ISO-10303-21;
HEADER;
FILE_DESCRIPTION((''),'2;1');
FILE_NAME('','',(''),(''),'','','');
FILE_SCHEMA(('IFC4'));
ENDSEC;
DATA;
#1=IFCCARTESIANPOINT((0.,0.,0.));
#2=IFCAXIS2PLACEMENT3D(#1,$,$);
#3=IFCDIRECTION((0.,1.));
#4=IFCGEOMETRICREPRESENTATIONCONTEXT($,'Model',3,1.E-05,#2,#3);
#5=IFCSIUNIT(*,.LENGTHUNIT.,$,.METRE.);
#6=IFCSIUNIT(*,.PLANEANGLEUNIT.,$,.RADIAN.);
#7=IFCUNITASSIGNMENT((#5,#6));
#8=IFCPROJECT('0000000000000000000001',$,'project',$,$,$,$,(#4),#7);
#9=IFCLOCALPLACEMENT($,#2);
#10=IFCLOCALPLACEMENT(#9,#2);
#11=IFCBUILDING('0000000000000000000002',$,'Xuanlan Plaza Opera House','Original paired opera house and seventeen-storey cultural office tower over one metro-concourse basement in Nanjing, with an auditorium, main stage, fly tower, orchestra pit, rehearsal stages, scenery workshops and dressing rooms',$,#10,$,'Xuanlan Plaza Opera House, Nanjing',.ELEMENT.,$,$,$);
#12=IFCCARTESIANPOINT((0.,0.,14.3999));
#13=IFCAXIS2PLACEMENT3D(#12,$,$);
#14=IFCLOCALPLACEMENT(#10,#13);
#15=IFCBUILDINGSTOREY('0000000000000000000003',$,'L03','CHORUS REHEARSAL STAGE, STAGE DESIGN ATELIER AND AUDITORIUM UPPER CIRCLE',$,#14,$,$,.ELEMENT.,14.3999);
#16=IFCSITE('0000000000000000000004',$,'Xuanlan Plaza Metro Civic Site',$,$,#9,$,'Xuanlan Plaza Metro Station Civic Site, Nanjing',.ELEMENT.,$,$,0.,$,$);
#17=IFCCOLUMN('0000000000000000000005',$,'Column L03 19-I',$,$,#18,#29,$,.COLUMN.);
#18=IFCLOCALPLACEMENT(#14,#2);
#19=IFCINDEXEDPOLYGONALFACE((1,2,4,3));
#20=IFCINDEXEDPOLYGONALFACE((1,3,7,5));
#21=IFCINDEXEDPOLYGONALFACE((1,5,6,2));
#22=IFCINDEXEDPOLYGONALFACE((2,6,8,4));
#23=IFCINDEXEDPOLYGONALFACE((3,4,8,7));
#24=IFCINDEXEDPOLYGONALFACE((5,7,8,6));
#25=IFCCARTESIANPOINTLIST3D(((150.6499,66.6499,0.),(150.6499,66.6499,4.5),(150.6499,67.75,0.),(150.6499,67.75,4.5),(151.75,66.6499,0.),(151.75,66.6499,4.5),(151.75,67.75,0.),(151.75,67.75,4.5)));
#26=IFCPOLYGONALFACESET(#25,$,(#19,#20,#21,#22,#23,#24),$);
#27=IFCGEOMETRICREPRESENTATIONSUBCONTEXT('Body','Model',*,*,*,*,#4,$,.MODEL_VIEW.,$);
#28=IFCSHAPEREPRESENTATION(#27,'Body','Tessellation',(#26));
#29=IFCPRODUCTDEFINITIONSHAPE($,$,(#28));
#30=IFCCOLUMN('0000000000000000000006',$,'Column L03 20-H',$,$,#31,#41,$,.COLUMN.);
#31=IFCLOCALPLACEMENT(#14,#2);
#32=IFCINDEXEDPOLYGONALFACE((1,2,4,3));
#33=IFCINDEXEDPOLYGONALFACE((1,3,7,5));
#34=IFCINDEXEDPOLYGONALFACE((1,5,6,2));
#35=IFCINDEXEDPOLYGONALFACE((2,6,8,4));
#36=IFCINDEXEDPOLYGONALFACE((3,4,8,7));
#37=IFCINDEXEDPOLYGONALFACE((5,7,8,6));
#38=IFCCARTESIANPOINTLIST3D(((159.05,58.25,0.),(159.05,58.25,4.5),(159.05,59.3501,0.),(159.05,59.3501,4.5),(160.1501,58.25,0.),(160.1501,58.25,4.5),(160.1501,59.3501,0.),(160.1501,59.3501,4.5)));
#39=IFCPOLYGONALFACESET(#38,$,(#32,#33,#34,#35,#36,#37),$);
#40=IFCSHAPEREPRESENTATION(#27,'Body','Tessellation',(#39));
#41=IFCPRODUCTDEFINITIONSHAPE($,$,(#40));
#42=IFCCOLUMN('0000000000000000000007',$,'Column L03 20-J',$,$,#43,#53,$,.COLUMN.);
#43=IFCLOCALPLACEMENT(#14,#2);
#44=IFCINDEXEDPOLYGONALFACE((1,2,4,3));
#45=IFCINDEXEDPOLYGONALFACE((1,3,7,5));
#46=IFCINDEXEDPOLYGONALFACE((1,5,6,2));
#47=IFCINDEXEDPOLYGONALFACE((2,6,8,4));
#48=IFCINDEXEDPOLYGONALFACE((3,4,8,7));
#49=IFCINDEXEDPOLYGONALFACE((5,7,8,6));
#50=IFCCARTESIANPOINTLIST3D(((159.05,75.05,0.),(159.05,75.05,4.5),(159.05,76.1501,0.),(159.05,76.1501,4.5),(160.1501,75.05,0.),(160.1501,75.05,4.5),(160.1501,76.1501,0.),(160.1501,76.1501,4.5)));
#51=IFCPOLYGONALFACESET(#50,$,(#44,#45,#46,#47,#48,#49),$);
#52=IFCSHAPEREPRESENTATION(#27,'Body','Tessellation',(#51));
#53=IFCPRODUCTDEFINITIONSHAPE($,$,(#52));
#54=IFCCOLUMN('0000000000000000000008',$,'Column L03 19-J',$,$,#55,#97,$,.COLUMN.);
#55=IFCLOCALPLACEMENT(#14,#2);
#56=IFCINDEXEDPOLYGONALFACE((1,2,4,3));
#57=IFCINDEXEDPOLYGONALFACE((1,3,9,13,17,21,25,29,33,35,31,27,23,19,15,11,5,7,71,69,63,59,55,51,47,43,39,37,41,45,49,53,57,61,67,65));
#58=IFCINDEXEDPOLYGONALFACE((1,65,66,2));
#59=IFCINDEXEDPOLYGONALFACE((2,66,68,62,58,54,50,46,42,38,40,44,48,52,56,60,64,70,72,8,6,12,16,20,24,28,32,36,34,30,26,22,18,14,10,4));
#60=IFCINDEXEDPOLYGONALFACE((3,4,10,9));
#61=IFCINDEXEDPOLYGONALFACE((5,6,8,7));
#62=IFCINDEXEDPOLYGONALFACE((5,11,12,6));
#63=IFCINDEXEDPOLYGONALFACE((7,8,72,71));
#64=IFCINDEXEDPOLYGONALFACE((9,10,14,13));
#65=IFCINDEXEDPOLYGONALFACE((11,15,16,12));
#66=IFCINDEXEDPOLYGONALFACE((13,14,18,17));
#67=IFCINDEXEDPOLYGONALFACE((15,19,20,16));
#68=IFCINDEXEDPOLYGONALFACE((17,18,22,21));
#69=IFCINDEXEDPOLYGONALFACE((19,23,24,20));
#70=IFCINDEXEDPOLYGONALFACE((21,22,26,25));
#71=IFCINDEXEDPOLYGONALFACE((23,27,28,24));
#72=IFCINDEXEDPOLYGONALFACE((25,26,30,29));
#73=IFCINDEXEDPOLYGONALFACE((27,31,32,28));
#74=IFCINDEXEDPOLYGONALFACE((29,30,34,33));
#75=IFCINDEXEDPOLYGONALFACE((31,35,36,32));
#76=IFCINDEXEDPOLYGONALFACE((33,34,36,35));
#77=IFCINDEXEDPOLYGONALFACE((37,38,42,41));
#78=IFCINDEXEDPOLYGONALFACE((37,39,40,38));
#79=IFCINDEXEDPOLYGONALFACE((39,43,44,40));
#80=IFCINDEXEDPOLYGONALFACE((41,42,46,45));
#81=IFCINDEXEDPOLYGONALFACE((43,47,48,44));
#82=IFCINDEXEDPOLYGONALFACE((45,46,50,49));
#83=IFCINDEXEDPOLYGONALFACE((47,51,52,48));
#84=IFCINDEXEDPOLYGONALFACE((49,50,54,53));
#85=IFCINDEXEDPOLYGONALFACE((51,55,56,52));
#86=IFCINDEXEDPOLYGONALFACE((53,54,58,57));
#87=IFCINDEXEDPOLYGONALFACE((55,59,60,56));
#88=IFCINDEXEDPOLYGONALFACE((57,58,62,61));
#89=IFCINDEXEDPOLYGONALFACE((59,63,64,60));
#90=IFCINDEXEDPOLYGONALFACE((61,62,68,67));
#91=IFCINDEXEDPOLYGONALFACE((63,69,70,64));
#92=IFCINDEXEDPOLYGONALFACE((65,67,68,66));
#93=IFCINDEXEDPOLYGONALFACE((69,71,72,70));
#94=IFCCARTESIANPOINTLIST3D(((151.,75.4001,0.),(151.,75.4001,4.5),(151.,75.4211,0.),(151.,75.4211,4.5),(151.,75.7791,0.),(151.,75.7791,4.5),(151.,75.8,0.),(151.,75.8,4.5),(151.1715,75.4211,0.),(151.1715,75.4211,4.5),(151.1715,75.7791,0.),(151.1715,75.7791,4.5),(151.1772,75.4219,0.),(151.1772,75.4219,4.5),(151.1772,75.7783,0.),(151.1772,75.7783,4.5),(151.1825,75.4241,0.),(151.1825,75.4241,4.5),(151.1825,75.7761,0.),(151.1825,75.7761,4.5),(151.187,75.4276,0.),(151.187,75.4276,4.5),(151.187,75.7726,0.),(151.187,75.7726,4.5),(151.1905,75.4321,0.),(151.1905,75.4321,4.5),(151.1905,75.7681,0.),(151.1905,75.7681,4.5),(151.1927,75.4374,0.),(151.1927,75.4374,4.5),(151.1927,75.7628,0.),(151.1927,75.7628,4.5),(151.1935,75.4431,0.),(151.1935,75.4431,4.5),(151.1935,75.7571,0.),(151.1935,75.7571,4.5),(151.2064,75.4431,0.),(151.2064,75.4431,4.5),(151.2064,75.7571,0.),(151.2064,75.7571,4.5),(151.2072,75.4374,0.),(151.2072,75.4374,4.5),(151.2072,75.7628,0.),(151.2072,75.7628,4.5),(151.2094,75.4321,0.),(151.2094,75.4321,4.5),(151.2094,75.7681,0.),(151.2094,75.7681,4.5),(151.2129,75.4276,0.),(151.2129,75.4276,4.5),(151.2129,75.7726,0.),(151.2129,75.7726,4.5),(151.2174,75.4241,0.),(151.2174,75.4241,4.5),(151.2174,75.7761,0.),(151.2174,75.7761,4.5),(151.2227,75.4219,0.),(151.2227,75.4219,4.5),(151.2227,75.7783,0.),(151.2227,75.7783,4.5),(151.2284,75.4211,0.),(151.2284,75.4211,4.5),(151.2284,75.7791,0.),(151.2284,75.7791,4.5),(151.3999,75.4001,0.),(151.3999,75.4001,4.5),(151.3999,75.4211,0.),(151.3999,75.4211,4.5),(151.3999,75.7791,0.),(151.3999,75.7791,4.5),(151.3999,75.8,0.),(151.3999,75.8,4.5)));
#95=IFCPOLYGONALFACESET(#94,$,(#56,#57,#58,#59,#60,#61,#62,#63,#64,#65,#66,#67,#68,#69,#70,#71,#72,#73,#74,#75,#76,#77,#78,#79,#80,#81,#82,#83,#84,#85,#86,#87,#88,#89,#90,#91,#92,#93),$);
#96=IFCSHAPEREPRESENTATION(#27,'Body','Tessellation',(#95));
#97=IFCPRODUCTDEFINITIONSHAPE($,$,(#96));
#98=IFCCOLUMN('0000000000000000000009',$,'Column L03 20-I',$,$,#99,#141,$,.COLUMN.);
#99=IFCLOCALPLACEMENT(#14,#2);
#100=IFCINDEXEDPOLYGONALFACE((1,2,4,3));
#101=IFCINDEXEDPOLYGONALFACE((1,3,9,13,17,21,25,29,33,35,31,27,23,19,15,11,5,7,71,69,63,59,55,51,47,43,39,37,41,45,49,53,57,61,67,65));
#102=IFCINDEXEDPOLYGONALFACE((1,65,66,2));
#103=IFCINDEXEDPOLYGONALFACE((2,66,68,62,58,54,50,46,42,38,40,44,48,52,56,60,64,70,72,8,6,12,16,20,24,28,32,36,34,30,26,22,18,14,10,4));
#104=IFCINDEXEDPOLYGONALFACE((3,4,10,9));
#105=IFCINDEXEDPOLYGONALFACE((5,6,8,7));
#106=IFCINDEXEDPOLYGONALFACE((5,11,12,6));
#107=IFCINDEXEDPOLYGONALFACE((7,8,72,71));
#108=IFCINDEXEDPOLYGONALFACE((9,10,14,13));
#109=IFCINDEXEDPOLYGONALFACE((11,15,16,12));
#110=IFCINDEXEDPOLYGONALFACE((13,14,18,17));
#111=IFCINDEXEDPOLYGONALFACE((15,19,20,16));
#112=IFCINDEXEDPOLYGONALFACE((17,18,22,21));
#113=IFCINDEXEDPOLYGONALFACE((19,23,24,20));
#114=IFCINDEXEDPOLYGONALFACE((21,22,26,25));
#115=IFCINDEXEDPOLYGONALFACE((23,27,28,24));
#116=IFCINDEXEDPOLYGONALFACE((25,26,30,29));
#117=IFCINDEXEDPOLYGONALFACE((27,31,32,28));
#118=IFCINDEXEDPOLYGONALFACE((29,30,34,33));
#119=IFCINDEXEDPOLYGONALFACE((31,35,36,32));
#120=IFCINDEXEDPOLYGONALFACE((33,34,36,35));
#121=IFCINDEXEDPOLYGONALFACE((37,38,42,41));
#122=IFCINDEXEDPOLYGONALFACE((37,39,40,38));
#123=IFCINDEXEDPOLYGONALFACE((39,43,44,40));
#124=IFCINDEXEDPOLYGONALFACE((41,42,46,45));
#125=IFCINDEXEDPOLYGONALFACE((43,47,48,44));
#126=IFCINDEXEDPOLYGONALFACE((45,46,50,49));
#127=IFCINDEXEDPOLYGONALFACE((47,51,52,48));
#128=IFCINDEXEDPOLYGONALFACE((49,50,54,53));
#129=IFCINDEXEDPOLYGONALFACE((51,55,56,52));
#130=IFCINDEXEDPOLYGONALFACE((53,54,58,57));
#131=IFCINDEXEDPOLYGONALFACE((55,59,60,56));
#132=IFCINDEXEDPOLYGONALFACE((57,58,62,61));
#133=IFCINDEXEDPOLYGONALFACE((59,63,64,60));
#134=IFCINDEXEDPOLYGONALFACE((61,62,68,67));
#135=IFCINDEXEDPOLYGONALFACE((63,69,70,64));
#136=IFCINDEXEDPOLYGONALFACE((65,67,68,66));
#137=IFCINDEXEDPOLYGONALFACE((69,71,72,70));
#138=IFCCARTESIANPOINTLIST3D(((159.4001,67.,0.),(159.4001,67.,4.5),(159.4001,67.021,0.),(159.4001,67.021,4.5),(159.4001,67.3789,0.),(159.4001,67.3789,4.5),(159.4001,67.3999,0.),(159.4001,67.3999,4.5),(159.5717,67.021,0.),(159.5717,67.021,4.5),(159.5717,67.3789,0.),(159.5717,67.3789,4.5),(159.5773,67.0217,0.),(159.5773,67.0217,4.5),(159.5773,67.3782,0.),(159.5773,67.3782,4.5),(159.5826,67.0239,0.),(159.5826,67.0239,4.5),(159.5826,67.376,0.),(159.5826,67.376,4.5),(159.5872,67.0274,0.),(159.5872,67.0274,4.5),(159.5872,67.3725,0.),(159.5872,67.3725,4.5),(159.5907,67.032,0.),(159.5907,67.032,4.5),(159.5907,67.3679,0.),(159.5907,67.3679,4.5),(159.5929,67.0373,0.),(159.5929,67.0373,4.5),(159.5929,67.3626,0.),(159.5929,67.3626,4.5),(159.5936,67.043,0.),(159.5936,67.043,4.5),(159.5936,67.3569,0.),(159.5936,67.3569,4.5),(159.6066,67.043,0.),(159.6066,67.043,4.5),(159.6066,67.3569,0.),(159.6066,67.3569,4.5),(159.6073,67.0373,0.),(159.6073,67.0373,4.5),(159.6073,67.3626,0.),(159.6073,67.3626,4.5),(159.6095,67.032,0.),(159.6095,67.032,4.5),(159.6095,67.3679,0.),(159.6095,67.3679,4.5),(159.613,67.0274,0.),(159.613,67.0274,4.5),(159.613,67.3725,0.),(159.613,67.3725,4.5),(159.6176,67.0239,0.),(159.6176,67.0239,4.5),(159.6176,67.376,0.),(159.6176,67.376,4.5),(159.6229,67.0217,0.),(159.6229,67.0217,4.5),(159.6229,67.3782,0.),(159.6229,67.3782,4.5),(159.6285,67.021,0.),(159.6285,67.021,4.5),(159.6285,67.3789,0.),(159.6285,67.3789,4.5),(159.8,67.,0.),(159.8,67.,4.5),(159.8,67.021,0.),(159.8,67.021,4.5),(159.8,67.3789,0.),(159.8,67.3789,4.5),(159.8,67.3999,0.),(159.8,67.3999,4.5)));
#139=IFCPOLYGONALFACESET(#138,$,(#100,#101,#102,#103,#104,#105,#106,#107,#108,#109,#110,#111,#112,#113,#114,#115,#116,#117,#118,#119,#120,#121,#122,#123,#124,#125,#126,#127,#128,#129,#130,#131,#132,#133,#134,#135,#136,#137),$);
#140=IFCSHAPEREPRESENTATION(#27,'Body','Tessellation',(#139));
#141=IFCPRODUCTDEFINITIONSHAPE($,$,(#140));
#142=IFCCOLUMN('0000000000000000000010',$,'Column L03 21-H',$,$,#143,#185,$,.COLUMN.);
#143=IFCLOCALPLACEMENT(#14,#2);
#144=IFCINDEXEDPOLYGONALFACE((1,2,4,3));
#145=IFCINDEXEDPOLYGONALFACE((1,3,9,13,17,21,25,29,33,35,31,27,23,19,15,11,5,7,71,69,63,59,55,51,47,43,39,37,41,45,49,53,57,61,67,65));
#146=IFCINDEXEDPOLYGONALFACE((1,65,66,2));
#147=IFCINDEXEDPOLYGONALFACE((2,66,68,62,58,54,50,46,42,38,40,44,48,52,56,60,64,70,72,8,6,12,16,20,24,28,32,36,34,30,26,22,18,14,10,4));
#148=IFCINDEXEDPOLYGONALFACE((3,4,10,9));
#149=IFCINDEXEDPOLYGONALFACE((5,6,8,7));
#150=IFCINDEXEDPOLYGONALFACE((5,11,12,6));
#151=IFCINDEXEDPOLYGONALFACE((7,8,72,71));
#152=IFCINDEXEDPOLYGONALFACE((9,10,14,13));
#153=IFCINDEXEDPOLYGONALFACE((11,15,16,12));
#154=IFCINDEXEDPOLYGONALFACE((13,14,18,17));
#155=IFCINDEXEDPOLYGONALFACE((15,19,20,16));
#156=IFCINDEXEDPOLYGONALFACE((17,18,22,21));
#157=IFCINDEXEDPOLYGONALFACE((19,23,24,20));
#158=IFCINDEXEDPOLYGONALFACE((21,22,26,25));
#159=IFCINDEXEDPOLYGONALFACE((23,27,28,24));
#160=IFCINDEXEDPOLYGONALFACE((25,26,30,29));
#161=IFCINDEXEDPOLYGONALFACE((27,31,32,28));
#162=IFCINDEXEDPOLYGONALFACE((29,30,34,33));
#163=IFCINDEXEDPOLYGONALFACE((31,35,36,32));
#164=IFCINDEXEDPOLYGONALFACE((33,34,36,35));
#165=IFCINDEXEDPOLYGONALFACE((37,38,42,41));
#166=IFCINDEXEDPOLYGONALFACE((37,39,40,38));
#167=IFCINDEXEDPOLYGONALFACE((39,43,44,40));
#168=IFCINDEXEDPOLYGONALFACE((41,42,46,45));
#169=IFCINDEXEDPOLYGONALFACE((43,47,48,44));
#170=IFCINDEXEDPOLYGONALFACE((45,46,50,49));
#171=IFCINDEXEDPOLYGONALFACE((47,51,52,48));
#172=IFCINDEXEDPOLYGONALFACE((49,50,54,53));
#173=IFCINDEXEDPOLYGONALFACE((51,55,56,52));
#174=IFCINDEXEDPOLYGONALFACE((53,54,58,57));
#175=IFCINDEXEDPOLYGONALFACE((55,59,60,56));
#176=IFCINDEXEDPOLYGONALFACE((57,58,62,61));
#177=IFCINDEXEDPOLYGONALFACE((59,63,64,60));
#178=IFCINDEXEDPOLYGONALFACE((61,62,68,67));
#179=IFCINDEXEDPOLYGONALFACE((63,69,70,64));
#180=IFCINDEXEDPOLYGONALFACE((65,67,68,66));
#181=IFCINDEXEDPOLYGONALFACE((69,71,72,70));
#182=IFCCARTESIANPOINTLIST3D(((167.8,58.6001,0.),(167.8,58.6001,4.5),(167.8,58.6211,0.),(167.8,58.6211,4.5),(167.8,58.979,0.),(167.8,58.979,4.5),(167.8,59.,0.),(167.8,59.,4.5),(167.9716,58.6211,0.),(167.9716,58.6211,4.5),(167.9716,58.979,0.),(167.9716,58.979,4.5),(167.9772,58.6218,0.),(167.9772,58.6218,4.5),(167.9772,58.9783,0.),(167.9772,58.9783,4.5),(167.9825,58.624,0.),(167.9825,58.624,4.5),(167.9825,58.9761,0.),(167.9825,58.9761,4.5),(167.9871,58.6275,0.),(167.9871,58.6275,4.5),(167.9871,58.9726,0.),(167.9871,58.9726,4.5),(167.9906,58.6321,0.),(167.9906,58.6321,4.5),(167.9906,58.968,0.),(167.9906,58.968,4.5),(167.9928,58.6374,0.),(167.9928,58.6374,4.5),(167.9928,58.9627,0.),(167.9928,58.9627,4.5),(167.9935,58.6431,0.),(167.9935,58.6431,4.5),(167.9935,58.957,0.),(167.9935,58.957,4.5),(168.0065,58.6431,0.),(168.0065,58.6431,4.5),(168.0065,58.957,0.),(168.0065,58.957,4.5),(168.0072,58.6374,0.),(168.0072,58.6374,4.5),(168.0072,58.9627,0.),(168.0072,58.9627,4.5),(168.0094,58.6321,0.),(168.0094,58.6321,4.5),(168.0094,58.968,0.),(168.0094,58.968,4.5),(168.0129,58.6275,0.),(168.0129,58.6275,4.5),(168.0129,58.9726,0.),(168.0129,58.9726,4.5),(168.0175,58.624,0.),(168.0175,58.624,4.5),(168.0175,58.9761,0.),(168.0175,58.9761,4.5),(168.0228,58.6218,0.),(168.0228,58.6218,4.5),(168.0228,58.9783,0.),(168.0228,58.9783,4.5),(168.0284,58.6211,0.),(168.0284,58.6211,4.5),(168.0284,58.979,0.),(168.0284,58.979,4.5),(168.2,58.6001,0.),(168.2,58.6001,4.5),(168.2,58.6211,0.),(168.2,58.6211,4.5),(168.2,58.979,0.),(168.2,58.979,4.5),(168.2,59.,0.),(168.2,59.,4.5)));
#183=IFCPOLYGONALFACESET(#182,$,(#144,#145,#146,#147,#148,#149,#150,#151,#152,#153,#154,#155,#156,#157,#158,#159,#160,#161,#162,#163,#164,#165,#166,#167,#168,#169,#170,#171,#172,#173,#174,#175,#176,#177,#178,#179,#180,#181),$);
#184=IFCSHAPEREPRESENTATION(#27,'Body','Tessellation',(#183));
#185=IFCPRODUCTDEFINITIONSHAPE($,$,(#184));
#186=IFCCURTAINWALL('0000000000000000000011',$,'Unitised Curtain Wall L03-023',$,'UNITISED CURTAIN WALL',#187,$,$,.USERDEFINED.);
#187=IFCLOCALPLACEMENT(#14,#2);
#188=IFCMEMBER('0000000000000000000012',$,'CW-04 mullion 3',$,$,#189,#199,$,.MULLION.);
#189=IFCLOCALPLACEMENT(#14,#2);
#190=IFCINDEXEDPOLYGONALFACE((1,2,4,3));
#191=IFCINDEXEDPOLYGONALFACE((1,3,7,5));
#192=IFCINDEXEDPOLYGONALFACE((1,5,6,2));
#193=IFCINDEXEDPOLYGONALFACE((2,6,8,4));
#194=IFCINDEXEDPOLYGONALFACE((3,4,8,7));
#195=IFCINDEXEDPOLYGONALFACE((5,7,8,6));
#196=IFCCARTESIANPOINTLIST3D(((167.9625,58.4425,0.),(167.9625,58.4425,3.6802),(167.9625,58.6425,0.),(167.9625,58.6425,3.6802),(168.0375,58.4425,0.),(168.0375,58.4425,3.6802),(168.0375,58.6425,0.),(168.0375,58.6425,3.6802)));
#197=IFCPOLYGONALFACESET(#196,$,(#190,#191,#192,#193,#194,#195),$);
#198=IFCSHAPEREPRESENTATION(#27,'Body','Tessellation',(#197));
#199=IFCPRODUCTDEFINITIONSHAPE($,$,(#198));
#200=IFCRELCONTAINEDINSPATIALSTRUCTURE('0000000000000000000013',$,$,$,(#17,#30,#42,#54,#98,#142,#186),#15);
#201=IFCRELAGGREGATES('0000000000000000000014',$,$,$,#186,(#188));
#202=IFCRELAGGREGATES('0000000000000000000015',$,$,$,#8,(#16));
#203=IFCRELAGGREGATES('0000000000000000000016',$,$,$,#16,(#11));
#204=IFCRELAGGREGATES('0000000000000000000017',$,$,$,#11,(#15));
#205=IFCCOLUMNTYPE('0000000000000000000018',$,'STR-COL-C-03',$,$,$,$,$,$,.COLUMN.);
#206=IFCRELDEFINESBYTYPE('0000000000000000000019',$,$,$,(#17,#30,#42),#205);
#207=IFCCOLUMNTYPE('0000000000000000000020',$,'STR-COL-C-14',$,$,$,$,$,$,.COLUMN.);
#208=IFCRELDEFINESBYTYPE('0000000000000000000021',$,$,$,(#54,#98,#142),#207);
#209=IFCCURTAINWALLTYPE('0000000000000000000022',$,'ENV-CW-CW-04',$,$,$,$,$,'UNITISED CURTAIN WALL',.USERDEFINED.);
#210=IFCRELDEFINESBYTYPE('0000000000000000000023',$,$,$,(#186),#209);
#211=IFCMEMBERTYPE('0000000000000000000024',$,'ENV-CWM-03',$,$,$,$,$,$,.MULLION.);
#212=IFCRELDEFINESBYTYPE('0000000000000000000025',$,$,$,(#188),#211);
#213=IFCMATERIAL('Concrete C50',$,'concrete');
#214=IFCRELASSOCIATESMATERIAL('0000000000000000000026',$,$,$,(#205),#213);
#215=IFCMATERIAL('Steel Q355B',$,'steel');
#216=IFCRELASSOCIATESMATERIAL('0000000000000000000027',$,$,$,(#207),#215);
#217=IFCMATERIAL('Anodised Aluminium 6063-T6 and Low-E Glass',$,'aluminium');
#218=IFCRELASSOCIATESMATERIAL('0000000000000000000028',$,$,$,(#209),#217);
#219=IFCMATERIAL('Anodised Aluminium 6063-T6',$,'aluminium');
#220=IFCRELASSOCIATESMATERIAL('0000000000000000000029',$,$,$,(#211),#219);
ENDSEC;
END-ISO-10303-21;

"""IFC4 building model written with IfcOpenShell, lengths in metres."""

from ifc_helpers import new_model, si_unit, direction, frame, origin, origin_2d, place, context, subcontext, project, spatial, rectangle, i_section, extrude, material, material_profile, profile_set, type_object, element, aggregate, save


model = new_model("IFC4")

# Units and contexts
model_context = context("Model", 3, precision=1e-05, world=origin(), true_north=direction((0.0, 1.0)))
body_context = subcontext(model_context, "Body", "Model", "MODEL_VIEW")
ifc_project = project(units=[si_unit("LENGTHUNIT", "METRE"), si_unit("PLANEANGLEUNIT", "RADIAN")], contexts=[model_context])

# Site, building, storey
site_placement = place(None, origin())
site = spatial("IfcSite", under=ifc_project, at=site_placement, Name="Xuanlan Plaza Metro Civic Site", LongName="Xuanlan Plaza Metro Station Civic Site, Nanjing", CompositionType="ELEMENT", RefElevation=0.0)
building_placement = place(site_placement, origin())
building = spatial("IfcBuilding", under=site, at=building_placement, Name="Xuanlan Plaza Opera House", Description="Original paired opera house and seventeen-storey cultural office tower over one metro-concourse basement in Nanjing, with an auditorium, main stage, fly tower, orchestra pit, rehearsal stages, scenery workshops and dressing rooms", LongName="Xuanlan Plaza Opera House, Nanjing", CompositionType="ELEMENT")
storey_placement = place(building_placement, frame((0.0, 0.0, 14.3999)))
storey = spatial("IfcBuildingStorey", under=building, at=storey_placement, Name="L03", Description="CHORUS REHEARSAL STAGE, STAGE DESIGN ATELIER AND AUDITORIUM UPPER CIRCLE", CompositionType="ELEMENT", Elevation=14.3999)

# Columns
ifc_material_1 = material(Name="Concrete C50", Category="concrete")
ifc_material_profile_1 = material_profile(ifc_material_1, rectangle(XDim=1.1001, YDim=1.1001, at=origin_2d()), Name="RC-COL 1100x1100")
ifc_profile_set_1 = profile_set([ifc_material_profile_1], Name="Concrete C50")
column_type_1 = type_object("IfcColumnType", Name="STR-COL-C-03", PredefinedType="COLUMN", material=ifc_profile_set_1)
for number, where, z_axis, x_axis, name in (
    (1, (151.2, 67.2, 0.0), (0.0, 0.0, 1.0), (1.0, 0.0, 0.0), "Column L03 19-I"),
    (2, (159.6001, 58.8, 0.0), (0.0, 0.0, 1.0), (1.0, 0.0, 0.0), "Column L03 20-H"),
    (3, (159.6001, 75.6001, 0.0), (0.0, 0.0, 1.0), (1.0, 0.0, 0.0), "Column L03 20-J"),
):
    element("IfcColumn", number, at=place(storey_placement, frame(where, z_axis=z_axis, x_axis=x_axis)), inside=storey, type_object=column_type_1, Name=name, PredefinedType="COLUMN", context=body_context, shape_type="SweptSolid", body=[
        extrude(rectangle(XDim=1.1001, YDim=1.1001, at=origin_2d()), origin(), (0.0, 0.0, 1.0), 4.5),
    ])
ifc_material_2 = material(Name="Steel Q355B", Category="steel")
ifc_material_profile_2 = material_profile(ifc_material_2, i_section(OverallWidth=0.3999, OverallDepth=0.3999, WebThickness=0.0129, FlangeThickness=0.021, FilletRadius=0.022, at=origin_2d()), Name="HW 400x400x13x21")
ifc_profile_set_2 = profile_set([ifc_material_profile_2], Name="Steel Q355B")
column_type_2 = type_object("IfcColumnType", Name="STR-COL-C-14", PredefinedType="COLUMN", material=ifc_profile_set_2)
for number, where, z_axis, x_axis, name in (
    (4, (151.2, 75.6001, 0.0), (0.0, 0.0, 1.0), (1.0, 0.0, 0.0), "Column L03 19-J"),
    (5, (159.6001, 67.2, 0.0), (0.0, 0.0, 1.0), (1.0, 0.0, 0.0), "Column L03 20-I"),
    (6, (168.0, 58.8, 0.0), (0.0, 0.0, 1.0), (1.0, 0.0, 0.0), "Column L03 21-H"),
):
    element("IfcColumn", number, at=place(storey_placement, frame(where, z_axis=z_axis, x_axis=x_axis)), inside=storey, type_object=column_type_2, Name=name, PredefinedType="COLUMN", context=body_context, shape_type="SweptSolid", body=[
        extrude(i_section(OverallWidth=0.3999, OverallDepth=0.3999, WebThickness=0.0129, FlangeThickness=0.021, FilletRadius=0.022, at=origin_2d()), origin(), (0.0, 0.0, 1.0), 4.5),
    ])

# Curtain wall, member
ifc_material_3 = material(Name="Anodised Aluminium 6063-T6 and Low-E Glass", Category="aluminium")
curtain_wall_type_1 = type_object("IfcCurtainWallType", Name="ENV-CW-CW-04", ElementType="UNITISED CURTAIN WALL", PredefinedType="USERDEFINED", material=ifc_material_3)
curtain_wall_1_placement = place(storey_placement, origin())
curtain_wall_1 = element("IfcCurtainWall", 7, at=curtain_wall_1_placement, inside=storey, type_object=curtain_wall_type_1, Name="Unitised Curtain Wall L03-023", ObjectType="UNITISED CURTAIN WALL", PredefinedType="USERDEFINED")
ifc_material_4 = material(Name="Anodised Aluminium 6063-T6", Category="aluminium")
ifc_material_profile_3 = material_profile(ifc_material_4, rectangle(XDim=0.075, YDim=0.2, at=origin_2d()), Name="ALU-M 75x200")
ifc_profile_set_3 = profile_set([ifc_material_profile_3], Name="Anodised Aluminium 6063-T6")
member_type_1 = type_object("IfcMemberType", Name="ENV-CWM-03", PredefinedType="MULLION", material=ifc_profile_set_3)
member_1_placement = place(storey_placement, frame((168.0, 58.5425, 0.0), z_axis=(0.0, 0.0, 1.0), x_axis=(-1.0, 0.0, 0.0)))
member_1 = element("IfcMember", 8, at=member_1_placement, type_object=member_type_1, Name="CW-04 mullion 3", PredefinedType="MULLION", context=body_context, shape_type="SweptSolid", body=[
    extrude(rectangle(XDim=0.075, YDim=0.2, at=origin_2d()), origin(), (0.0, 0.0, 1.0), 3.6802),
])

aggregate(curtain_wall_1, [member_1])

save(model, "model.ifc")
